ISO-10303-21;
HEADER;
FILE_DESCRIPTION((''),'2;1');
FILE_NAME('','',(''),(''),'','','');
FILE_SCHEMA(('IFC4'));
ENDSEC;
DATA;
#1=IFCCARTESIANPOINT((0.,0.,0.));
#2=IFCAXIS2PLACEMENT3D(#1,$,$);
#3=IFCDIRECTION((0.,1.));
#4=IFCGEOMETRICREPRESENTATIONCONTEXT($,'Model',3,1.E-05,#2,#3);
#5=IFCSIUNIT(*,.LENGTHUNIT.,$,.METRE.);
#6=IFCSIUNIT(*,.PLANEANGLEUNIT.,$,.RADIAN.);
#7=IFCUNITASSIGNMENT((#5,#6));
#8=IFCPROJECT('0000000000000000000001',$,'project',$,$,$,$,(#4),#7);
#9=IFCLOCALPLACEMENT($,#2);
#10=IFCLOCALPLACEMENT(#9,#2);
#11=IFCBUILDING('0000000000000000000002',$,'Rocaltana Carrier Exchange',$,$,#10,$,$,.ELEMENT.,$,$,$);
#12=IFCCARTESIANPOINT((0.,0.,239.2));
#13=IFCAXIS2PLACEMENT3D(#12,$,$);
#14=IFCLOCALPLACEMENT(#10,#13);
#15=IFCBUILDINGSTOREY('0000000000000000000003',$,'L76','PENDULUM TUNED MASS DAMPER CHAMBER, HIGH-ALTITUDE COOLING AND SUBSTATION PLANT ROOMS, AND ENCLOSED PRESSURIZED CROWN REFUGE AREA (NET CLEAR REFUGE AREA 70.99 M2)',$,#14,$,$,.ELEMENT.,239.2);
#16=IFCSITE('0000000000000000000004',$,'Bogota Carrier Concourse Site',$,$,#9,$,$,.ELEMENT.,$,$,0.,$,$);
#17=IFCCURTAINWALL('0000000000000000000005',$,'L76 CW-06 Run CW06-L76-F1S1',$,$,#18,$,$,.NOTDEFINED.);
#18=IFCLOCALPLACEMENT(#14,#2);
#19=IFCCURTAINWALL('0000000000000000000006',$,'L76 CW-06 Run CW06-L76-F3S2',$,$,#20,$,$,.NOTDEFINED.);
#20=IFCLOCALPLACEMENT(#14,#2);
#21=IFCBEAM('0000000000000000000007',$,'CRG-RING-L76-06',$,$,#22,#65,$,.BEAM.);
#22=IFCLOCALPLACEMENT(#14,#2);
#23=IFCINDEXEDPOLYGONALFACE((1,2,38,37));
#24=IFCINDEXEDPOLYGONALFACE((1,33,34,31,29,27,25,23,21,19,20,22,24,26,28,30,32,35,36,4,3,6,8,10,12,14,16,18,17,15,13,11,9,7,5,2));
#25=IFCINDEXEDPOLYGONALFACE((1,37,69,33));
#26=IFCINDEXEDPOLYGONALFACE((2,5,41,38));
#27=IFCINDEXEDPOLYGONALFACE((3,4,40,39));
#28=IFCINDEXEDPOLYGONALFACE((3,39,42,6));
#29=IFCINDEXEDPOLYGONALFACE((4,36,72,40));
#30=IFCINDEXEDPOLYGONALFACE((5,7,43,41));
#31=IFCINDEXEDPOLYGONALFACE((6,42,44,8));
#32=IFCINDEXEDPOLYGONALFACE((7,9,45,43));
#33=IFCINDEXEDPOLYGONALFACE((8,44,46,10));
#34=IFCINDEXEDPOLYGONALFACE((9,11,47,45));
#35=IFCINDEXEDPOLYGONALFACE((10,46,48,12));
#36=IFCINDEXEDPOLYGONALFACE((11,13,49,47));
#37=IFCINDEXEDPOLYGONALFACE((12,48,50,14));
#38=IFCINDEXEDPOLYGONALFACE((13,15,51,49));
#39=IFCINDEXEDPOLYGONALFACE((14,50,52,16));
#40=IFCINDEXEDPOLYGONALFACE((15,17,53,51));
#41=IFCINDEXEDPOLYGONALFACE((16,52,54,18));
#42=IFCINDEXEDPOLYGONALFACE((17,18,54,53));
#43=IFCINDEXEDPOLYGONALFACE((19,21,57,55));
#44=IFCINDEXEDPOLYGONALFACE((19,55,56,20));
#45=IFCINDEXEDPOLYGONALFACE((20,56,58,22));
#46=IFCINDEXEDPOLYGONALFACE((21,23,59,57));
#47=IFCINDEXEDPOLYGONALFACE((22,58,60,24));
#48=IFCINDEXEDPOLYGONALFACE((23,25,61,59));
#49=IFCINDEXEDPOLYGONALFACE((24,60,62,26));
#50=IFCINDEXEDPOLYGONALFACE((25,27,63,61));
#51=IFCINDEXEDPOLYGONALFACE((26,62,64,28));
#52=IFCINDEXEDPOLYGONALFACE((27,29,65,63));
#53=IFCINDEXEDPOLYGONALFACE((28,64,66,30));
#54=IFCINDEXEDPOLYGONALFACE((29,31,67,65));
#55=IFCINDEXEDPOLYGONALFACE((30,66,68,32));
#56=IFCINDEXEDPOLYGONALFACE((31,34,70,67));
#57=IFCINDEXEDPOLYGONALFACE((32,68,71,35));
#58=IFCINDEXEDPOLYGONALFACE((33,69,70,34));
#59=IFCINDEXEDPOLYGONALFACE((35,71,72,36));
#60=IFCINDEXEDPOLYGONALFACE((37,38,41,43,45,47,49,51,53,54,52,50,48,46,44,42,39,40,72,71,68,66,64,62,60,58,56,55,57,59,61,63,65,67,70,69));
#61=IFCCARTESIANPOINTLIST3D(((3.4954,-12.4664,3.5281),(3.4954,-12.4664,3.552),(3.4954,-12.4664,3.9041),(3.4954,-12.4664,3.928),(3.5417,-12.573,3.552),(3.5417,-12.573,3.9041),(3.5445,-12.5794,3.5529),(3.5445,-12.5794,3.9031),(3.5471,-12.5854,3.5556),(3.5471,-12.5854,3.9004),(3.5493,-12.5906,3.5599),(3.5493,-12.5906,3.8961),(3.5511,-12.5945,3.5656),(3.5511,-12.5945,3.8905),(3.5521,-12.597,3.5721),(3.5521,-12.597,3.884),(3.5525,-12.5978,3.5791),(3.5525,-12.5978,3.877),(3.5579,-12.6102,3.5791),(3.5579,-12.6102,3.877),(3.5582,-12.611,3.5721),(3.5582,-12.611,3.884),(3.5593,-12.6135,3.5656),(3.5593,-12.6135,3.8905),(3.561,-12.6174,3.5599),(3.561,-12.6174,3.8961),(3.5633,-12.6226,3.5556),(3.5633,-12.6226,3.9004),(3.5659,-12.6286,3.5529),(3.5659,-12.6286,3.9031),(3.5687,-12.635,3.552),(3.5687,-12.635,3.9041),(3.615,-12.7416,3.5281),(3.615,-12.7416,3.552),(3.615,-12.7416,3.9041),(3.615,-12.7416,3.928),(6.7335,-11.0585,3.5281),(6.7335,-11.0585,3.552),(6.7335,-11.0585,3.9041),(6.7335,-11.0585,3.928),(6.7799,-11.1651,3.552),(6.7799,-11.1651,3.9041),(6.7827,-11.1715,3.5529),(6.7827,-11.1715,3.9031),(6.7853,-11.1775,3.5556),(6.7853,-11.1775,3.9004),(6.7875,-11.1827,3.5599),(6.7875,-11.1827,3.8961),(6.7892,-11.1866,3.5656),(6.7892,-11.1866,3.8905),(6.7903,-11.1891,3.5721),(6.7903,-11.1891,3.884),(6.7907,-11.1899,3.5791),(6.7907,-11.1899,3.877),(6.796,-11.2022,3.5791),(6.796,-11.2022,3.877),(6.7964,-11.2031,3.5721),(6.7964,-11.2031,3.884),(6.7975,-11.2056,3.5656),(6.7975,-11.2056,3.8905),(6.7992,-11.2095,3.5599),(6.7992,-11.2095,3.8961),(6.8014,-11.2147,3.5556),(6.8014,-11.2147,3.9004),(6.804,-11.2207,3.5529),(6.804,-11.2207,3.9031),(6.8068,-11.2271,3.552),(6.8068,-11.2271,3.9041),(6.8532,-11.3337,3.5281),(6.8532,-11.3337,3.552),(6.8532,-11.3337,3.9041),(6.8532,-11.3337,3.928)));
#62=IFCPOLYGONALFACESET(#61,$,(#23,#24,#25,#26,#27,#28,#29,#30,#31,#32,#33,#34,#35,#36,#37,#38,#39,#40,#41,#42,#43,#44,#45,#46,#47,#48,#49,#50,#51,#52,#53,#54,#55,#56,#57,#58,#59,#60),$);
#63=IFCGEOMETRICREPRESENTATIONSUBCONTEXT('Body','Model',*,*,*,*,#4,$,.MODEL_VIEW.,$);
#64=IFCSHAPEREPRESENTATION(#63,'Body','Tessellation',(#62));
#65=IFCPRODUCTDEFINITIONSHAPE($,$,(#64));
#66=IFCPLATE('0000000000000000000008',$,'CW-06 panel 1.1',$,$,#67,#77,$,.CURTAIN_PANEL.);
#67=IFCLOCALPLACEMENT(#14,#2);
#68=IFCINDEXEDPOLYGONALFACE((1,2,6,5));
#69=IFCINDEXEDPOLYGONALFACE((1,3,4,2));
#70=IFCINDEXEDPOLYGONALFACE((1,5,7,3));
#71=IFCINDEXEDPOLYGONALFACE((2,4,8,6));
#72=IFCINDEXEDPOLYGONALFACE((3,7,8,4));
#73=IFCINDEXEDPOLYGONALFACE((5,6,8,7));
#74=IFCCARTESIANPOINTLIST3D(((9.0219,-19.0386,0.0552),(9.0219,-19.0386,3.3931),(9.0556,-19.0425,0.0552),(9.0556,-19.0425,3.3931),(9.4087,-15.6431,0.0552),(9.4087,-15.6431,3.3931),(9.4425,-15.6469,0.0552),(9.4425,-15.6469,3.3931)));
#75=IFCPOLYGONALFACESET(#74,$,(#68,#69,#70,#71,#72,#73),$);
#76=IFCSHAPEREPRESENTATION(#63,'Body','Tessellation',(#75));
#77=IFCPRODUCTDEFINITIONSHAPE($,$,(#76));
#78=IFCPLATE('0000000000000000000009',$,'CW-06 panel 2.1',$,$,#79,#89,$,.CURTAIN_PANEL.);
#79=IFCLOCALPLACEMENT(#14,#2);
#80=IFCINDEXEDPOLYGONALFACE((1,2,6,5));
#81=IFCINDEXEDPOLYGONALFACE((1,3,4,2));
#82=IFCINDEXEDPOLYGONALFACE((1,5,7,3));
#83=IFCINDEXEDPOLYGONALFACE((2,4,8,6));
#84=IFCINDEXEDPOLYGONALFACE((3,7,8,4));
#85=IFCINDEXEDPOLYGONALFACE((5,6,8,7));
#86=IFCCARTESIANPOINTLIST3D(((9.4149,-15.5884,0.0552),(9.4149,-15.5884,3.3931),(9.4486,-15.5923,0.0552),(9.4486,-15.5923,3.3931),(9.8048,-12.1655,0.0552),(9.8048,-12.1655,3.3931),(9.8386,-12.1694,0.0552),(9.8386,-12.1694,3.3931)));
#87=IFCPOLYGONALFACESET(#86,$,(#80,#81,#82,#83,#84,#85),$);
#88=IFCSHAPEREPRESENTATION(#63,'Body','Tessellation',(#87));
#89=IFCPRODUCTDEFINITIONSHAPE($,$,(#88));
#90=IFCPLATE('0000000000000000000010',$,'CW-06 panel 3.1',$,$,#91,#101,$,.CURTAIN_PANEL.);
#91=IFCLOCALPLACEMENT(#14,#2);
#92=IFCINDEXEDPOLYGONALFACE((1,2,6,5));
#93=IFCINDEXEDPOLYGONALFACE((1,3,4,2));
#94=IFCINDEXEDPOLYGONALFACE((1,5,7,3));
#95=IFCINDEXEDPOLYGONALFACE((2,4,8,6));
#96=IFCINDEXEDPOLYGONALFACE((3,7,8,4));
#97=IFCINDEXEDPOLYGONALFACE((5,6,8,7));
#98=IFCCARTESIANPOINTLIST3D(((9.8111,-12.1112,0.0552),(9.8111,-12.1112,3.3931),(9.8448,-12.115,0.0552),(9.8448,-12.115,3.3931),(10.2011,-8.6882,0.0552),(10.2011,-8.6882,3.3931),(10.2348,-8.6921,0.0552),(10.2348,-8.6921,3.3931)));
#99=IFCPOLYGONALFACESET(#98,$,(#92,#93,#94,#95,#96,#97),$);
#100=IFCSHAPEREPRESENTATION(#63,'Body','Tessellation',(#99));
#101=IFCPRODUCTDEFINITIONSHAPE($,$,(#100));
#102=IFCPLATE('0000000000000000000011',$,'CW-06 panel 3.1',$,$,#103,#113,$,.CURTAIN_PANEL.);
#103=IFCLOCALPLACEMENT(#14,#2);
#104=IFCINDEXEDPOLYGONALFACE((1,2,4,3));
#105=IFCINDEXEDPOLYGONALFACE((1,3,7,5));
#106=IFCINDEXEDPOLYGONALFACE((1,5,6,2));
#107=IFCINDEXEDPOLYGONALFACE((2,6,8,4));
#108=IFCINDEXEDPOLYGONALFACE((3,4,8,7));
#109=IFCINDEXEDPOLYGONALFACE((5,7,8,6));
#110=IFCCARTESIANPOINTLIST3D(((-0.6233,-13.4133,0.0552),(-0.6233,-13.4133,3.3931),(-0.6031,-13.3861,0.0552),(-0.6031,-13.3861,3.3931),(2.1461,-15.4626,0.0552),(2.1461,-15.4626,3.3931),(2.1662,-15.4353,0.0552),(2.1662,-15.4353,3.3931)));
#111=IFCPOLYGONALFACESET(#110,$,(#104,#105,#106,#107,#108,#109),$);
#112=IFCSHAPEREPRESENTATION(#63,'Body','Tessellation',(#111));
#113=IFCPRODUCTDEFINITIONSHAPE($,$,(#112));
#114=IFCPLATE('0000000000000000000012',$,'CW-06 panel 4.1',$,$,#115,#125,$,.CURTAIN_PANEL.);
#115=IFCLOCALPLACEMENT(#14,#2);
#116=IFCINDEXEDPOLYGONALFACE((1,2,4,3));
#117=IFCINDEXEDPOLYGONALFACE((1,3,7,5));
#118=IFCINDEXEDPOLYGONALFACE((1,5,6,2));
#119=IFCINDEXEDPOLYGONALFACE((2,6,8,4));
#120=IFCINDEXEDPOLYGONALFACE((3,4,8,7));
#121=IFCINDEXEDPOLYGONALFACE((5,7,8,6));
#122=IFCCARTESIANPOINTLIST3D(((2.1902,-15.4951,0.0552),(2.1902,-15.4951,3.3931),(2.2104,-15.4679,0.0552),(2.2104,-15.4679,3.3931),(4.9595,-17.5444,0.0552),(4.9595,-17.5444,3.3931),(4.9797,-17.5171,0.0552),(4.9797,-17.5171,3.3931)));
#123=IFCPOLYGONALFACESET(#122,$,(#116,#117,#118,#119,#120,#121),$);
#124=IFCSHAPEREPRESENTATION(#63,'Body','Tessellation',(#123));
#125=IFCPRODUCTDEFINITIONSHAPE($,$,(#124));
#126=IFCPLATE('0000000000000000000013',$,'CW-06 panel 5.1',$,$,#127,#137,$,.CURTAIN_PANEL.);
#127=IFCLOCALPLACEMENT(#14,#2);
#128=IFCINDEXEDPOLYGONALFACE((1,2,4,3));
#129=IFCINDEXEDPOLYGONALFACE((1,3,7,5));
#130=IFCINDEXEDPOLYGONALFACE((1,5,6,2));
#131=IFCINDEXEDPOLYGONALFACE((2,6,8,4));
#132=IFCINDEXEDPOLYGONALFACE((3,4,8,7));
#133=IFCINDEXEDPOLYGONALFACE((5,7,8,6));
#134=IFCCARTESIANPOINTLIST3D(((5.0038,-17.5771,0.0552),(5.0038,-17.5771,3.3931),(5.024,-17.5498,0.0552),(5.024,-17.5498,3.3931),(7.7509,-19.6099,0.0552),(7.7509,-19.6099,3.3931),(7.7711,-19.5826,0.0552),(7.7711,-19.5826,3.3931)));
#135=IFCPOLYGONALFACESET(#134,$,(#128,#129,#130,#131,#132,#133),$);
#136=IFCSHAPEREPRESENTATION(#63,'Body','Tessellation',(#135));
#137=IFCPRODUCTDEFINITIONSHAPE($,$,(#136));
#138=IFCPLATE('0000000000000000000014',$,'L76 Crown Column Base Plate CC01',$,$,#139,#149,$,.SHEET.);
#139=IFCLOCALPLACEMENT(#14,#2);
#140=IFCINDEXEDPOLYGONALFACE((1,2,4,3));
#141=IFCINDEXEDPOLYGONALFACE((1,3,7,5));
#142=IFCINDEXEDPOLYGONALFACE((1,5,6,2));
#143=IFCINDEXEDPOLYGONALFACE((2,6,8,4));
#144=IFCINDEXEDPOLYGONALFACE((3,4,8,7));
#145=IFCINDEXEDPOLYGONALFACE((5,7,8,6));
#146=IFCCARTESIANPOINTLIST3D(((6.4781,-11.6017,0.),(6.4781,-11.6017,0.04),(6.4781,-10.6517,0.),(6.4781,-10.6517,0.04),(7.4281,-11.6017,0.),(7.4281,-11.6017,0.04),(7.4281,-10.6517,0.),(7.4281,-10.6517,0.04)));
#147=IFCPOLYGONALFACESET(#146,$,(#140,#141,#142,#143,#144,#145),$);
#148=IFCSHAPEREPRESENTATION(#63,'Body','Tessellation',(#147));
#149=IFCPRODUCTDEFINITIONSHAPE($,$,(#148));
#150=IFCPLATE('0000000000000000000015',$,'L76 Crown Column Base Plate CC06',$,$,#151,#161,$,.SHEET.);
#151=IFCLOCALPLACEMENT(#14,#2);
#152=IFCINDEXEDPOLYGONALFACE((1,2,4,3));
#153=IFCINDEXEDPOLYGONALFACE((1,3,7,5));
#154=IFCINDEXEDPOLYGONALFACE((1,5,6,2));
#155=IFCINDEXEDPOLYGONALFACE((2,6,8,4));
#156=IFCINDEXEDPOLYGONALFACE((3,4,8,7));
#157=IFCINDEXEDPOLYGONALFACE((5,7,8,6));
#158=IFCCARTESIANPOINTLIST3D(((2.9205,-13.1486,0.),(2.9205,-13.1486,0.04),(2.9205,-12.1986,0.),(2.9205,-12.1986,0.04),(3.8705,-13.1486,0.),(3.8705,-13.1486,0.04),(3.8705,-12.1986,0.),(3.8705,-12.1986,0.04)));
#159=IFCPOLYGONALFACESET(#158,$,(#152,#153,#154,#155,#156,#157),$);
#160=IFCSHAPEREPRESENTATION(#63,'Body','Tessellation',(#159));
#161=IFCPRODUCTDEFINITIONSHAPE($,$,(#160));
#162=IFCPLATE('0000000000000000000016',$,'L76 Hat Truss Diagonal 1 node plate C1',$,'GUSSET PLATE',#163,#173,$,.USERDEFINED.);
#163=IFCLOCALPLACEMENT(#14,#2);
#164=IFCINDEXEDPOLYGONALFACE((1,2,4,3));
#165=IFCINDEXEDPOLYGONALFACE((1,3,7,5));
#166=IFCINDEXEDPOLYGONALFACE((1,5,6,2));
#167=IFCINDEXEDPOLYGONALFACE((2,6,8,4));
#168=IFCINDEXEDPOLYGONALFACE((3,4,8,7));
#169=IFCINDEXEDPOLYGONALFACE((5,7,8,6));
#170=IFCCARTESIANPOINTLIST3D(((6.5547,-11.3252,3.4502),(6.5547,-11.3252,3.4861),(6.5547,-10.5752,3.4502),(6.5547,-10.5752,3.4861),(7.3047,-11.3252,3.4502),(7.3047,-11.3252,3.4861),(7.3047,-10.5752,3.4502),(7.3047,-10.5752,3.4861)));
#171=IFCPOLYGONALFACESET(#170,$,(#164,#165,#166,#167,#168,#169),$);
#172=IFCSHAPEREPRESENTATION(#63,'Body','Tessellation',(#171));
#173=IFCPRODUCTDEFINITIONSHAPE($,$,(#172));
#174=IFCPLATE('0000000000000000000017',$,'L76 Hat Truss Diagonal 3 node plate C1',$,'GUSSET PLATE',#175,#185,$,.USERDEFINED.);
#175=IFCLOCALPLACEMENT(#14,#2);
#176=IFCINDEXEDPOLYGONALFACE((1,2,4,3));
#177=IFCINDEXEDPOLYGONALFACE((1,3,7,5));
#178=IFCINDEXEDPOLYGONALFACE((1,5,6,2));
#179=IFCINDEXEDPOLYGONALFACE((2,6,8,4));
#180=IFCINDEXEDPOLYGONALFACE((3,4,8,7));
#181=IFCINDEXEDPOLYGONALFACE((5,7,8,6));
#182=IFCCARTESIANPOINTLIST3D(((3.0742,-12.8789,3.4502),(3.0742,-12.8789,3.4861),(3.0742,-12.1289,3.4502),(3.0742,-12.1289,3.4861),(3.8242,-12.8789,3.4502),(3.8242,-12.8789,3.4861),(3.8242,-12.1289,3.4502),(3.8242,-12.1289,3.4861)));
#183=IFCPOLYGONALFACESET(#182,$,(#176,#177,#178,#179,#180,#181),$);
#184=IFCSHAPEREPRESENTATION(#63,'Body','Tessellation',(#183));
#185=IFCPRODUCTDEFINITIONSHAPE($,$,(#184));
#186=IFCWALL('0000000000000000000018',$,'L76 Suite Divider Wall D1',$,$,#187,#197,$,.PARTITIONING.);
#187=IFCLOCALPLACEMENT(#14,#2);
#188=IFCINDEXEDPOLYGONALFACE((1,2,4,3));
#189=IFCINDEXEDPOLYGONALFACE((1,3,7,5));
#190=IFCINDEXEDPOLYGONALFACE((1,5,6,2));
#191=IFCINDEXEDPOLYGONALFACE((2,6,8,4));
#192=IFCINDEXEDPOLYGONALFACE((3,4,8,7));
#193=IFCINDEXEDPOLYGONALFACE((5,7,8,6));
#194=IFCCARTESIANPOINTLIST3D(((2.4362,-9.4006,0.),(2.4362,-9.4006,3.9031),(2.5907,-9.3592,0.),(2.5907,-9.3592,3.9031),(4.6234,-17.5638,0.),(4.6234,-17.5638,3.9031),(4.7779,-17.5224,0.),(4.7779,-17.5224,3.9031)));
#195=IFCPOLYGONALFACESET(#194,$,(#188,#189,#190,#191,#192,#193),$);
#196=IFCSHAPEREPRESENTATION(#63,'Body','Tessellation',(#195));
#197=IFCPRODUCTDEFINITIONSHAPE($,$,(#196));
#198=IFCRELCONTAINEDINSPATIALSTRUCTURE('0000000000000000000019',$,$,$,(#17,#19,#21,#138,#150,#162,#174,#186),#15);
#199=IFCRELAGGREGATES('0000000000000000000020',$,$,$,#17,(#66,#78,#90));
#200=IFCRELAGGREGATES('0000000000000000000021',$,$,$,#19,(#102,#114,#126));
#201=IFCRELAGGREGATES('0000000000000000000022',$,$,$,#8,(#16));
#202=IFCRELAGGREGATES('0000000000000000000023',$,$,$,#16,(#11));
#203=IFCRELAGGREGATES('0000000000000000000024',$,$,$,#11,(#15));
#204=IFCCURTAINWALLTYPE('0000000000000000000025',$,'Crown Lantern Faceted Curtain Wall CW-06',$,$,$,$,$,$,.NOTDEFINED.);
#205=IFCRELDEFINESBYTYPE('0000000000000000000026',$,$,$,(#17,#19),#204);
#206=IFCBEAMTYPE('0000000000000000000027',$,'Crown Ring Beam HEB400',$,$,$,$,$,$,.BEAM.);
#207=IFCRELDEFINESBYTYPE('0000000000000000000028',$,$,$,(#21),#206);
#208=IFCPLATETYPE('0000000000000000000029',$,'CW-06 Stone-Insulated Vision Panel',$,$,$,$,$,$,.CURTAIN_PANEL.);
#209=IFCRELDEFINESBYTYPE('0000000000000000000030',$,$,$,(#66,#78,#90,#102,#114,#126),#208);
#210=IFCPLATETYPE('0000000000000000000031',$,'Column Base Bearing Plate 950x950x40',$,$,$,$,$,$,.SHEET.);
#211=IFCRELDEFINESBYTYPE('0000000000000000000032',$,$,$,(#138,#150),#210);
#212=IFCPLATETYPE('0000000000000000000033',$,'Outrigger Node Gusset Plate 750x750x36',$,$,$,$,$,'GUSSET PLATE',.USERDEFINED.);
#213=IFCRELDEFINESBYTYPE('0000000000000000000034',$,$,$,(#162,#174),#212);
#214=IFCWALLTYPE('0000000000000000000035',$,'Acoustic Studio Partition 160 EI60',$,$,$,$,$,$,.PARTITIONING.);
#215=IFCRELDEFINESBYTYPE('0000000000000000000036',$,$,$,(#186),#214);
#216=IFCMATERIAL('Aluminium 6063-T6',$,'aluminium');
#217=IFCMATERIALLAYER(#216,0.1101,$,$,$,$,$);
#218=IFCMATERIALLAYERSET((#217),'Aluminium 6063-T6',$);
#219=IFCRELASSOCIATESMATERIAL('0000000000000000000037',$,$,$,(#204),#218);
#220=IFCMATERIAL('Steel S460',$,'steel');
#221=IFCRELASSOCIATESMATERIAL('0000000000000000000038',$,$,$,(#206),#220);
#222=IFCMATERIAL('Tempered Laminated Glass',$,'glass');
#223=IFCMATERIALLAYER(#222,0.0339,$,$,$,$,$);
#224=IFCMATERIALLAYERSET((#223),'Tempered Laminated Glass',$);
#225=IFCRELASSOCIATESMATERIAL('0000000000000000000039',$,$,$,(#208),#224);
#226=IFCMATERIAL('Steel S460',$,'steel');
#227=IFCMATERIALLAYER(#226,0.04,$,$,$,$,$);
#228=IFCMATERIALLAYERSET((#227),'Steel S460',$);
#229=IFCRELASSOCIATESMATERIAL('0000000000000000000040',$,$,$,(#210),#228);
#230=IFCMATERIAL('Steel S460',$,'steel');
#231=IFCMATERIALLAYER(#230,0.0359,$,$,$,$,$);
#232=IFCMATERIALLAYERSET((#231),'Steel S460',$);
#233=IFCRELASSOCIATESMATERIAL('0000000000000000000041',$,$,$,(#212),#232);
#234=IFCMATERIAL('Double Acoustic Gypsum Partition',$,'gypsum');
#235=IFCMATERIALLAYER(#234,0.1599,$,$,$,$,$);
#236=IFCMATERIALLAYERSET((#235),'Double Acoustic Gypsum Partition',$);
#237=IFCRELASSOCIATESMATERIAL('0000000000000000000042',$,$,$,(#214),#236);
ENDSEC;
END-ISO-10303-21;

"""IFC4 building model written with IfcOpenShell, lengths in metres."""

from ifc_helpers import new_model, si_unit, direction, frame, frame_2d, origin, origin_2d, place, context, subcontext, project, spatial, rectangle, i_section, extrude, material, layer, layer_set, material_profile, profile_set, type_object, element, aggregate, save


model = new_model("IFC4")

# Units and contexts
model_context = context("Model", 3, precision=1e-05, world=origin(), true_north=direction((0.0, 1.0)))
body_context = subcontext(model_context, "Body", "Model", "MODEL_VIEW")
ifc_project = project(units=[si_unit("LENGTHUNIT", "METRE"), si_unit("PLANEANGLEUNIT", "RADIAN")], contexts=[model_context])

# Site, building, storey
site_placement = place(None, origin())
site = spatial("IfcSite", under=ifc_project, at=site_placement, Name="Bogota Carrier Concourse Site", CompositionType="ELEMENT", RefElevation=0.0)
building_placement = place(site_placement, origin())
building = spatial("IfcBuilding", under=site, at=building_placement, Name="Rocaltana Carrier Exchange", CompositionType="ELEMENT")
storey_placement = place(building_placement, frame((0.0, 0.0, 239.2)))
storey = spatial("IfcBuildingStorey", under=building, at=storey_placement, Name="L76", Description="PENDULUM TUNED MASS DAMPER CHAMBER, HIGH-ALTITUDE COOLING AND SUBSTATION PLANT ROOMS, AND ENCLOSED PRESSURIZED CROWN REFUGE AREA (NET CLEAR REFUGE AREA 70.99 M2)", CompositionType="ELEMENT", Elevation=239.2)

# Curtain walls
ifc_material_1 = material(Name="Aluminium 6063-T6", Category="aluminium")
ifc_layer_1 = layer(ifc_material_1, 0.1101)
ifc_layer_set_1 = layer_set([ifc_layer_1], Name="Aluminium 6063-T6")
curtain_wall_type = type_object("IfcCurtainWallType", Name="Crown Lantern Faceted Curtain Wall CW-06", PredefinedType="NOTDEFINED", material=ifc_layer_set_1)
curtain_wall_1_placement = place(storey_placement, origin())
curtain_wall_1 = element("IfcCurtainWall", 1, at=curtain_wall_1_placement, inside=storey, type_object=curtain_wall_type, Name="L76 CW-06 Run CW06-L76-F1S1", PredefinedType="NOTDEFINED")
curtain_wall_2_placement = place(storey_placement, origin())
curtain_wall_2 = element("IfcCurtainWall", 2, at=curtain_wall_2_placement, inside=storey, type_object=curtain_wall_type, Name="L76 CW-06 Run CW06-L76-F3S2", PredefinedType="NOTDEFINED")

# Beam
ifc_material_2 = material(Name="Steel S460", Category="steel")
ifc_material_profile_1 = material_profile(ifc_material_2, i_section(OverallWidth=0.3, OverallDepth=0.3999, WebThickness=0.0134, FlangeThickness=0.0239, FilletRadius=0.0271, at=origin_2d()), Name="HEB400")
ifc_profile_set_1 = profile_set([ifc_material_profile_1], Name="Steel S460")
beam_type = type_object("IfcBeamType", Name="Crown Ring Beam HEB400", PredefinedType="BEAM", material=ifc_profile_set_1)
beam_1_placement = place(storey_placement, frame((3.5552, -12.604, 3.728), z_axis=(0.917069, 0.398729, 0.0), x_axis=(-0.398729, 0.917069, 0.0)))
element("IfcBeam", 3, at=beam_1_placement, inside=storey, type_object=beam_type, Name="CRG-RING-L76-06", PredefinedType="BEAM", context=body_context, shape_type="SweptSolid", body=[
    extrude(i_section(OverallWidth=0.3, OverallDepth=0.3999, WebThickness=0.0134, FlangeThickness=0.0239, FilletRadius=0.0271, at=origin_2d()), origin(), (0.0, 0.0, 1.0), 3.531),
])

# Plates
ifc_material_3 = material(Name="Tempered Laminated Glass", Category="glass")
ifc_layer_2 = layer(ifc_material_3, 0.0339)
ifc_layer_set_2 = layer_set([ifc_layer_2], Name="Tempered Laminated Glass")
plate_type_1 = type_object("IfcPlateType", Name="CW-06 Stone-Insulated Vision Panel", PredefinedType="CURTAIN_PANEL", material=ifc_layer_set_2)
plate_1_placement = place(storey_placement, frame((9.2322, -17.3428, 0.0552), z_axis=(0.0, 0.0, 1.0), x_axis=(0.113199, 0.993572, 0.0)))
plate_1 = element("IfcPlate", 4, at=plate_1_placement, type_object=plate_type_1, Name="CW-06 panel 1.1", PredefinedType="CURTAIN_PANEL", context=body_context, shape_type="SweptSolid", body=[
    extrude(rectangle(XDim=3.4175, YDim=0.0339, at=origin_2d()), origin(), (0.0, 0.0, 1.0), 3.3379),
])
plate_2_placement = place(storey_placement, frame((9.6267, -13.8789, 0.0552), z_axis=(0.0, 0.0, 1.0), x_axis=(0.113199, 0.993572, 0.0)))
plate_2 = element("IfcPlate", 5, at=plate_2_placement, type_object=plate_type_1, Name="CW-06 panel 2.1", PredefinedType="CURTAIN_PANEL", context=body_context, shape_type="SweptSolid", body=[
    extrude(rectangle(XDim=3.4451, YDim=0.0339, at=origin_2d()), origin(), (0.0, 0.0, 1.0), 3.3379),
])
plate_3_placement = place(storey_placement, frame((10.0229, -10.4016, 0.0552), z_axis=(0.0, 0.0, 1.0), x_axis=(0.113199, 0.993572, 0.0)))
plate_3 = element("IfcPlate", 6, at=plate_3_placement, type_object=plate_type_1, Name="CW-06 panel 3.1", PredefinedType="CURTAIN_PANEL", context=body_context, shape_type="SweptSolid", body=[
    extrude(rectangle(XDim=3.4451, YDim=0.0339, at=origin_2d()), origin(), (0.0, 0.0, 1.0), 3.3379),
])
aggregate(curtain_wall_1, [plate_1, plate_2, plate_3])
plate_4_placement = place(storey_placement, frame((0.7715, -14.4243, 0.0552), z_axis=(0.0, 0.0, 1.0), x_axis=(0.803855, -0.594825, 0.0)))
plate_4 = element("IfcPlate", 7, at=plate_4_placement, type_object=plate_type_1, Name="CW-06 panel 3.1", PredefinedType="CURTAIN_PANEL", context=body_context, shape_type="SweptSolid", body=[
    extrude(rectangle(XDim=3.4451, YDim=0.0339, at=origin_2d()), origin(), (0.0, 0.0, 1.0), 3.3379),
])
plate_5_placement = place(storey_placement, frame((3.585, -16.5061, 0.0552), z_axis=(0.0, 0.0, 1.0), x_axis=(0.803855, -0.594825, 0.0)))
plate_5 = element("IfcPlate", 8, at=plate_5_placement, type_object=plate_type_1, Name="CW-06 panel 4.1", PredefinedType="CURTAIN_PANEL", context=body_context, shape_type="SweptSolid", body=[
    extrude(rectangle(XDim=3.4451, YDim=0.0339, at=origin_2d()), origin(), (0.0, 0.0, 1.0), 3.3379),
])
plate_6_placement = place(storey_placement, frame((6.3875, -18.5798, 0.0552), z_axis=(0.0, 0.0, 1.0), x_axis=(0.803855, -0.594825, 0.0)))
plate_6 = element("IfcPlate", 9, at=plate_6_placement, type_object=plate_type_1, Name="CW-06 panel 5.1", PredefinedType="CURTAIN_PANEL", context=body_context, shape_type="SweptSolid", body=[
    extrude(rectangle(XDim=3.4175, YDim=0.0339, at=origin_2d()), origin(), (0.0, 0.0, 1.0), 3.3379),
])
aggregate(curtain_wall_2, [plate_4, plate_5, plate_6])

# Plates
ifc_material_4 = material(Name="Steel S460", Category="steel")
ifc_layer_3 = layer(ifc_material_4, 0.04)
ifc_layer_set_3 = layer_set([ifc_layer_3], Name="Steel S460")
plate_type_2 = type_object("IfcPlateType", Name="Column Base Bearing Plate 950x950x40", PredefinedType="SHEET", material=ifc_layer_set_3)
for number, where, z_axis, x_axis, name in (
    (10, (6.9531, -11.1267, 0.0), (0.0, 0.0, 1.0), (1.0, 0.0, 0.0), "L76 Crown Column Base Plate CC01"),
    (11, (3.3955, -12.6736, 0.0), (0.0, 0.0, 1.0), (1.0, 0.0, 0.0), "L76 Crown Column Base Plate CC06"),
):
    element("IfcPlate", number, at=place(storey_placement, frame(where, z_axis=z_axis, x_axis=x_axis)), inside=storey, type_object=plate_type_2, Name=name, PredefinedType="SHEET", context=body_context, shape_type="SweptSolid", body=[
        extrude(rectangle(XDim=0.95, YDim=0.95, at=origin_2d()), origin(), (0.0, 0.0, 1.0), 0.04),
    ])
ifc_material_5 = material(Name="Steel S460", Category="steel")
ifc_layer_4 = layer(ifc_material_5, 0.0359)
ifc_layer_set_4 = layer_set([ifc_layer_4], Name="Steel S460")
plate_type_3 = type_object("IfcPlateType", Name="Outrigger Node Gusset Plate 750x750x36", ElementType="GUSSET PLATE", PredefinedType="USERDEFINED", material=ifc_layer_set_4)
for number, where, z_axis, x_axis, name in (
    (12, (6.9297, -10.9502, 3.4502), (0.0, 0.0, 1.0), (1.0, 0.0, 0.0), "L76 Hat Truss Diagonal 1 node plate C1"),
    (13, (3.4492, -12.5039, 3.4502), (0.0, 0.0, 1.0), (1.0, 0.0, 0.0), "L76 Hat Truss Diagonal 3 node plate C1"),
):
    element("IfcPlate", number, at=place(storey_placement, frame(where, z_axis=z_axis, x_axis=x_axis)), inside=storey, type_object=plate_type_3, Name=name, ObjectType="GUSSET PLATE", PredefinedType="USERDEFINED", context=body_context, shape_type="SweptSolid", body=[
        extrude(rectangle(XDim=0.75, YDim=0.75, at=origin_2d()), origin(), (0.0, 0.0, 1.0), 0.0359),
    ])

# Wall
ifc_material_6 = material(Name="Double Acoustic Gypsum Partition", Category="gypsum")
ifc_layer_5 = layer(ifc_material_6, 0.1599)
ifc_layer_set_5 = layer_set([ifc_layer_5], Name="Double Acoustic Gypsum Partition")
wall_type_1 = type_object("IfcWallType", Name="Acoustic Studio Partition 160 EI60", PredefinedType="PARTITIONING", material=ifc_layer_set_5)
wall_1_placement = place(storey_placement, frame((2.5134, -9.3799, 0.0), z_axis=(0.0, 0.0, 1.0), x_axis=(0.258808, -0.965929, 0.0)))
element("IfcWall", 14, at=wall_1_placement, inside=storey, type_object=wall_type_1, Name="L76 Suite Divider Wall D1", PredefinedType="PARTITIONING", context=body_context, shape_type="SweptSolid", body=[
    extrude(rectangle(XDim=8.4512, YDim=0.1599, at=frame_2d((4.2256, 0.0))), origin(), (0.0, 0.0, 1.0), 3.9031),
])

save(model, "model.ifc")
